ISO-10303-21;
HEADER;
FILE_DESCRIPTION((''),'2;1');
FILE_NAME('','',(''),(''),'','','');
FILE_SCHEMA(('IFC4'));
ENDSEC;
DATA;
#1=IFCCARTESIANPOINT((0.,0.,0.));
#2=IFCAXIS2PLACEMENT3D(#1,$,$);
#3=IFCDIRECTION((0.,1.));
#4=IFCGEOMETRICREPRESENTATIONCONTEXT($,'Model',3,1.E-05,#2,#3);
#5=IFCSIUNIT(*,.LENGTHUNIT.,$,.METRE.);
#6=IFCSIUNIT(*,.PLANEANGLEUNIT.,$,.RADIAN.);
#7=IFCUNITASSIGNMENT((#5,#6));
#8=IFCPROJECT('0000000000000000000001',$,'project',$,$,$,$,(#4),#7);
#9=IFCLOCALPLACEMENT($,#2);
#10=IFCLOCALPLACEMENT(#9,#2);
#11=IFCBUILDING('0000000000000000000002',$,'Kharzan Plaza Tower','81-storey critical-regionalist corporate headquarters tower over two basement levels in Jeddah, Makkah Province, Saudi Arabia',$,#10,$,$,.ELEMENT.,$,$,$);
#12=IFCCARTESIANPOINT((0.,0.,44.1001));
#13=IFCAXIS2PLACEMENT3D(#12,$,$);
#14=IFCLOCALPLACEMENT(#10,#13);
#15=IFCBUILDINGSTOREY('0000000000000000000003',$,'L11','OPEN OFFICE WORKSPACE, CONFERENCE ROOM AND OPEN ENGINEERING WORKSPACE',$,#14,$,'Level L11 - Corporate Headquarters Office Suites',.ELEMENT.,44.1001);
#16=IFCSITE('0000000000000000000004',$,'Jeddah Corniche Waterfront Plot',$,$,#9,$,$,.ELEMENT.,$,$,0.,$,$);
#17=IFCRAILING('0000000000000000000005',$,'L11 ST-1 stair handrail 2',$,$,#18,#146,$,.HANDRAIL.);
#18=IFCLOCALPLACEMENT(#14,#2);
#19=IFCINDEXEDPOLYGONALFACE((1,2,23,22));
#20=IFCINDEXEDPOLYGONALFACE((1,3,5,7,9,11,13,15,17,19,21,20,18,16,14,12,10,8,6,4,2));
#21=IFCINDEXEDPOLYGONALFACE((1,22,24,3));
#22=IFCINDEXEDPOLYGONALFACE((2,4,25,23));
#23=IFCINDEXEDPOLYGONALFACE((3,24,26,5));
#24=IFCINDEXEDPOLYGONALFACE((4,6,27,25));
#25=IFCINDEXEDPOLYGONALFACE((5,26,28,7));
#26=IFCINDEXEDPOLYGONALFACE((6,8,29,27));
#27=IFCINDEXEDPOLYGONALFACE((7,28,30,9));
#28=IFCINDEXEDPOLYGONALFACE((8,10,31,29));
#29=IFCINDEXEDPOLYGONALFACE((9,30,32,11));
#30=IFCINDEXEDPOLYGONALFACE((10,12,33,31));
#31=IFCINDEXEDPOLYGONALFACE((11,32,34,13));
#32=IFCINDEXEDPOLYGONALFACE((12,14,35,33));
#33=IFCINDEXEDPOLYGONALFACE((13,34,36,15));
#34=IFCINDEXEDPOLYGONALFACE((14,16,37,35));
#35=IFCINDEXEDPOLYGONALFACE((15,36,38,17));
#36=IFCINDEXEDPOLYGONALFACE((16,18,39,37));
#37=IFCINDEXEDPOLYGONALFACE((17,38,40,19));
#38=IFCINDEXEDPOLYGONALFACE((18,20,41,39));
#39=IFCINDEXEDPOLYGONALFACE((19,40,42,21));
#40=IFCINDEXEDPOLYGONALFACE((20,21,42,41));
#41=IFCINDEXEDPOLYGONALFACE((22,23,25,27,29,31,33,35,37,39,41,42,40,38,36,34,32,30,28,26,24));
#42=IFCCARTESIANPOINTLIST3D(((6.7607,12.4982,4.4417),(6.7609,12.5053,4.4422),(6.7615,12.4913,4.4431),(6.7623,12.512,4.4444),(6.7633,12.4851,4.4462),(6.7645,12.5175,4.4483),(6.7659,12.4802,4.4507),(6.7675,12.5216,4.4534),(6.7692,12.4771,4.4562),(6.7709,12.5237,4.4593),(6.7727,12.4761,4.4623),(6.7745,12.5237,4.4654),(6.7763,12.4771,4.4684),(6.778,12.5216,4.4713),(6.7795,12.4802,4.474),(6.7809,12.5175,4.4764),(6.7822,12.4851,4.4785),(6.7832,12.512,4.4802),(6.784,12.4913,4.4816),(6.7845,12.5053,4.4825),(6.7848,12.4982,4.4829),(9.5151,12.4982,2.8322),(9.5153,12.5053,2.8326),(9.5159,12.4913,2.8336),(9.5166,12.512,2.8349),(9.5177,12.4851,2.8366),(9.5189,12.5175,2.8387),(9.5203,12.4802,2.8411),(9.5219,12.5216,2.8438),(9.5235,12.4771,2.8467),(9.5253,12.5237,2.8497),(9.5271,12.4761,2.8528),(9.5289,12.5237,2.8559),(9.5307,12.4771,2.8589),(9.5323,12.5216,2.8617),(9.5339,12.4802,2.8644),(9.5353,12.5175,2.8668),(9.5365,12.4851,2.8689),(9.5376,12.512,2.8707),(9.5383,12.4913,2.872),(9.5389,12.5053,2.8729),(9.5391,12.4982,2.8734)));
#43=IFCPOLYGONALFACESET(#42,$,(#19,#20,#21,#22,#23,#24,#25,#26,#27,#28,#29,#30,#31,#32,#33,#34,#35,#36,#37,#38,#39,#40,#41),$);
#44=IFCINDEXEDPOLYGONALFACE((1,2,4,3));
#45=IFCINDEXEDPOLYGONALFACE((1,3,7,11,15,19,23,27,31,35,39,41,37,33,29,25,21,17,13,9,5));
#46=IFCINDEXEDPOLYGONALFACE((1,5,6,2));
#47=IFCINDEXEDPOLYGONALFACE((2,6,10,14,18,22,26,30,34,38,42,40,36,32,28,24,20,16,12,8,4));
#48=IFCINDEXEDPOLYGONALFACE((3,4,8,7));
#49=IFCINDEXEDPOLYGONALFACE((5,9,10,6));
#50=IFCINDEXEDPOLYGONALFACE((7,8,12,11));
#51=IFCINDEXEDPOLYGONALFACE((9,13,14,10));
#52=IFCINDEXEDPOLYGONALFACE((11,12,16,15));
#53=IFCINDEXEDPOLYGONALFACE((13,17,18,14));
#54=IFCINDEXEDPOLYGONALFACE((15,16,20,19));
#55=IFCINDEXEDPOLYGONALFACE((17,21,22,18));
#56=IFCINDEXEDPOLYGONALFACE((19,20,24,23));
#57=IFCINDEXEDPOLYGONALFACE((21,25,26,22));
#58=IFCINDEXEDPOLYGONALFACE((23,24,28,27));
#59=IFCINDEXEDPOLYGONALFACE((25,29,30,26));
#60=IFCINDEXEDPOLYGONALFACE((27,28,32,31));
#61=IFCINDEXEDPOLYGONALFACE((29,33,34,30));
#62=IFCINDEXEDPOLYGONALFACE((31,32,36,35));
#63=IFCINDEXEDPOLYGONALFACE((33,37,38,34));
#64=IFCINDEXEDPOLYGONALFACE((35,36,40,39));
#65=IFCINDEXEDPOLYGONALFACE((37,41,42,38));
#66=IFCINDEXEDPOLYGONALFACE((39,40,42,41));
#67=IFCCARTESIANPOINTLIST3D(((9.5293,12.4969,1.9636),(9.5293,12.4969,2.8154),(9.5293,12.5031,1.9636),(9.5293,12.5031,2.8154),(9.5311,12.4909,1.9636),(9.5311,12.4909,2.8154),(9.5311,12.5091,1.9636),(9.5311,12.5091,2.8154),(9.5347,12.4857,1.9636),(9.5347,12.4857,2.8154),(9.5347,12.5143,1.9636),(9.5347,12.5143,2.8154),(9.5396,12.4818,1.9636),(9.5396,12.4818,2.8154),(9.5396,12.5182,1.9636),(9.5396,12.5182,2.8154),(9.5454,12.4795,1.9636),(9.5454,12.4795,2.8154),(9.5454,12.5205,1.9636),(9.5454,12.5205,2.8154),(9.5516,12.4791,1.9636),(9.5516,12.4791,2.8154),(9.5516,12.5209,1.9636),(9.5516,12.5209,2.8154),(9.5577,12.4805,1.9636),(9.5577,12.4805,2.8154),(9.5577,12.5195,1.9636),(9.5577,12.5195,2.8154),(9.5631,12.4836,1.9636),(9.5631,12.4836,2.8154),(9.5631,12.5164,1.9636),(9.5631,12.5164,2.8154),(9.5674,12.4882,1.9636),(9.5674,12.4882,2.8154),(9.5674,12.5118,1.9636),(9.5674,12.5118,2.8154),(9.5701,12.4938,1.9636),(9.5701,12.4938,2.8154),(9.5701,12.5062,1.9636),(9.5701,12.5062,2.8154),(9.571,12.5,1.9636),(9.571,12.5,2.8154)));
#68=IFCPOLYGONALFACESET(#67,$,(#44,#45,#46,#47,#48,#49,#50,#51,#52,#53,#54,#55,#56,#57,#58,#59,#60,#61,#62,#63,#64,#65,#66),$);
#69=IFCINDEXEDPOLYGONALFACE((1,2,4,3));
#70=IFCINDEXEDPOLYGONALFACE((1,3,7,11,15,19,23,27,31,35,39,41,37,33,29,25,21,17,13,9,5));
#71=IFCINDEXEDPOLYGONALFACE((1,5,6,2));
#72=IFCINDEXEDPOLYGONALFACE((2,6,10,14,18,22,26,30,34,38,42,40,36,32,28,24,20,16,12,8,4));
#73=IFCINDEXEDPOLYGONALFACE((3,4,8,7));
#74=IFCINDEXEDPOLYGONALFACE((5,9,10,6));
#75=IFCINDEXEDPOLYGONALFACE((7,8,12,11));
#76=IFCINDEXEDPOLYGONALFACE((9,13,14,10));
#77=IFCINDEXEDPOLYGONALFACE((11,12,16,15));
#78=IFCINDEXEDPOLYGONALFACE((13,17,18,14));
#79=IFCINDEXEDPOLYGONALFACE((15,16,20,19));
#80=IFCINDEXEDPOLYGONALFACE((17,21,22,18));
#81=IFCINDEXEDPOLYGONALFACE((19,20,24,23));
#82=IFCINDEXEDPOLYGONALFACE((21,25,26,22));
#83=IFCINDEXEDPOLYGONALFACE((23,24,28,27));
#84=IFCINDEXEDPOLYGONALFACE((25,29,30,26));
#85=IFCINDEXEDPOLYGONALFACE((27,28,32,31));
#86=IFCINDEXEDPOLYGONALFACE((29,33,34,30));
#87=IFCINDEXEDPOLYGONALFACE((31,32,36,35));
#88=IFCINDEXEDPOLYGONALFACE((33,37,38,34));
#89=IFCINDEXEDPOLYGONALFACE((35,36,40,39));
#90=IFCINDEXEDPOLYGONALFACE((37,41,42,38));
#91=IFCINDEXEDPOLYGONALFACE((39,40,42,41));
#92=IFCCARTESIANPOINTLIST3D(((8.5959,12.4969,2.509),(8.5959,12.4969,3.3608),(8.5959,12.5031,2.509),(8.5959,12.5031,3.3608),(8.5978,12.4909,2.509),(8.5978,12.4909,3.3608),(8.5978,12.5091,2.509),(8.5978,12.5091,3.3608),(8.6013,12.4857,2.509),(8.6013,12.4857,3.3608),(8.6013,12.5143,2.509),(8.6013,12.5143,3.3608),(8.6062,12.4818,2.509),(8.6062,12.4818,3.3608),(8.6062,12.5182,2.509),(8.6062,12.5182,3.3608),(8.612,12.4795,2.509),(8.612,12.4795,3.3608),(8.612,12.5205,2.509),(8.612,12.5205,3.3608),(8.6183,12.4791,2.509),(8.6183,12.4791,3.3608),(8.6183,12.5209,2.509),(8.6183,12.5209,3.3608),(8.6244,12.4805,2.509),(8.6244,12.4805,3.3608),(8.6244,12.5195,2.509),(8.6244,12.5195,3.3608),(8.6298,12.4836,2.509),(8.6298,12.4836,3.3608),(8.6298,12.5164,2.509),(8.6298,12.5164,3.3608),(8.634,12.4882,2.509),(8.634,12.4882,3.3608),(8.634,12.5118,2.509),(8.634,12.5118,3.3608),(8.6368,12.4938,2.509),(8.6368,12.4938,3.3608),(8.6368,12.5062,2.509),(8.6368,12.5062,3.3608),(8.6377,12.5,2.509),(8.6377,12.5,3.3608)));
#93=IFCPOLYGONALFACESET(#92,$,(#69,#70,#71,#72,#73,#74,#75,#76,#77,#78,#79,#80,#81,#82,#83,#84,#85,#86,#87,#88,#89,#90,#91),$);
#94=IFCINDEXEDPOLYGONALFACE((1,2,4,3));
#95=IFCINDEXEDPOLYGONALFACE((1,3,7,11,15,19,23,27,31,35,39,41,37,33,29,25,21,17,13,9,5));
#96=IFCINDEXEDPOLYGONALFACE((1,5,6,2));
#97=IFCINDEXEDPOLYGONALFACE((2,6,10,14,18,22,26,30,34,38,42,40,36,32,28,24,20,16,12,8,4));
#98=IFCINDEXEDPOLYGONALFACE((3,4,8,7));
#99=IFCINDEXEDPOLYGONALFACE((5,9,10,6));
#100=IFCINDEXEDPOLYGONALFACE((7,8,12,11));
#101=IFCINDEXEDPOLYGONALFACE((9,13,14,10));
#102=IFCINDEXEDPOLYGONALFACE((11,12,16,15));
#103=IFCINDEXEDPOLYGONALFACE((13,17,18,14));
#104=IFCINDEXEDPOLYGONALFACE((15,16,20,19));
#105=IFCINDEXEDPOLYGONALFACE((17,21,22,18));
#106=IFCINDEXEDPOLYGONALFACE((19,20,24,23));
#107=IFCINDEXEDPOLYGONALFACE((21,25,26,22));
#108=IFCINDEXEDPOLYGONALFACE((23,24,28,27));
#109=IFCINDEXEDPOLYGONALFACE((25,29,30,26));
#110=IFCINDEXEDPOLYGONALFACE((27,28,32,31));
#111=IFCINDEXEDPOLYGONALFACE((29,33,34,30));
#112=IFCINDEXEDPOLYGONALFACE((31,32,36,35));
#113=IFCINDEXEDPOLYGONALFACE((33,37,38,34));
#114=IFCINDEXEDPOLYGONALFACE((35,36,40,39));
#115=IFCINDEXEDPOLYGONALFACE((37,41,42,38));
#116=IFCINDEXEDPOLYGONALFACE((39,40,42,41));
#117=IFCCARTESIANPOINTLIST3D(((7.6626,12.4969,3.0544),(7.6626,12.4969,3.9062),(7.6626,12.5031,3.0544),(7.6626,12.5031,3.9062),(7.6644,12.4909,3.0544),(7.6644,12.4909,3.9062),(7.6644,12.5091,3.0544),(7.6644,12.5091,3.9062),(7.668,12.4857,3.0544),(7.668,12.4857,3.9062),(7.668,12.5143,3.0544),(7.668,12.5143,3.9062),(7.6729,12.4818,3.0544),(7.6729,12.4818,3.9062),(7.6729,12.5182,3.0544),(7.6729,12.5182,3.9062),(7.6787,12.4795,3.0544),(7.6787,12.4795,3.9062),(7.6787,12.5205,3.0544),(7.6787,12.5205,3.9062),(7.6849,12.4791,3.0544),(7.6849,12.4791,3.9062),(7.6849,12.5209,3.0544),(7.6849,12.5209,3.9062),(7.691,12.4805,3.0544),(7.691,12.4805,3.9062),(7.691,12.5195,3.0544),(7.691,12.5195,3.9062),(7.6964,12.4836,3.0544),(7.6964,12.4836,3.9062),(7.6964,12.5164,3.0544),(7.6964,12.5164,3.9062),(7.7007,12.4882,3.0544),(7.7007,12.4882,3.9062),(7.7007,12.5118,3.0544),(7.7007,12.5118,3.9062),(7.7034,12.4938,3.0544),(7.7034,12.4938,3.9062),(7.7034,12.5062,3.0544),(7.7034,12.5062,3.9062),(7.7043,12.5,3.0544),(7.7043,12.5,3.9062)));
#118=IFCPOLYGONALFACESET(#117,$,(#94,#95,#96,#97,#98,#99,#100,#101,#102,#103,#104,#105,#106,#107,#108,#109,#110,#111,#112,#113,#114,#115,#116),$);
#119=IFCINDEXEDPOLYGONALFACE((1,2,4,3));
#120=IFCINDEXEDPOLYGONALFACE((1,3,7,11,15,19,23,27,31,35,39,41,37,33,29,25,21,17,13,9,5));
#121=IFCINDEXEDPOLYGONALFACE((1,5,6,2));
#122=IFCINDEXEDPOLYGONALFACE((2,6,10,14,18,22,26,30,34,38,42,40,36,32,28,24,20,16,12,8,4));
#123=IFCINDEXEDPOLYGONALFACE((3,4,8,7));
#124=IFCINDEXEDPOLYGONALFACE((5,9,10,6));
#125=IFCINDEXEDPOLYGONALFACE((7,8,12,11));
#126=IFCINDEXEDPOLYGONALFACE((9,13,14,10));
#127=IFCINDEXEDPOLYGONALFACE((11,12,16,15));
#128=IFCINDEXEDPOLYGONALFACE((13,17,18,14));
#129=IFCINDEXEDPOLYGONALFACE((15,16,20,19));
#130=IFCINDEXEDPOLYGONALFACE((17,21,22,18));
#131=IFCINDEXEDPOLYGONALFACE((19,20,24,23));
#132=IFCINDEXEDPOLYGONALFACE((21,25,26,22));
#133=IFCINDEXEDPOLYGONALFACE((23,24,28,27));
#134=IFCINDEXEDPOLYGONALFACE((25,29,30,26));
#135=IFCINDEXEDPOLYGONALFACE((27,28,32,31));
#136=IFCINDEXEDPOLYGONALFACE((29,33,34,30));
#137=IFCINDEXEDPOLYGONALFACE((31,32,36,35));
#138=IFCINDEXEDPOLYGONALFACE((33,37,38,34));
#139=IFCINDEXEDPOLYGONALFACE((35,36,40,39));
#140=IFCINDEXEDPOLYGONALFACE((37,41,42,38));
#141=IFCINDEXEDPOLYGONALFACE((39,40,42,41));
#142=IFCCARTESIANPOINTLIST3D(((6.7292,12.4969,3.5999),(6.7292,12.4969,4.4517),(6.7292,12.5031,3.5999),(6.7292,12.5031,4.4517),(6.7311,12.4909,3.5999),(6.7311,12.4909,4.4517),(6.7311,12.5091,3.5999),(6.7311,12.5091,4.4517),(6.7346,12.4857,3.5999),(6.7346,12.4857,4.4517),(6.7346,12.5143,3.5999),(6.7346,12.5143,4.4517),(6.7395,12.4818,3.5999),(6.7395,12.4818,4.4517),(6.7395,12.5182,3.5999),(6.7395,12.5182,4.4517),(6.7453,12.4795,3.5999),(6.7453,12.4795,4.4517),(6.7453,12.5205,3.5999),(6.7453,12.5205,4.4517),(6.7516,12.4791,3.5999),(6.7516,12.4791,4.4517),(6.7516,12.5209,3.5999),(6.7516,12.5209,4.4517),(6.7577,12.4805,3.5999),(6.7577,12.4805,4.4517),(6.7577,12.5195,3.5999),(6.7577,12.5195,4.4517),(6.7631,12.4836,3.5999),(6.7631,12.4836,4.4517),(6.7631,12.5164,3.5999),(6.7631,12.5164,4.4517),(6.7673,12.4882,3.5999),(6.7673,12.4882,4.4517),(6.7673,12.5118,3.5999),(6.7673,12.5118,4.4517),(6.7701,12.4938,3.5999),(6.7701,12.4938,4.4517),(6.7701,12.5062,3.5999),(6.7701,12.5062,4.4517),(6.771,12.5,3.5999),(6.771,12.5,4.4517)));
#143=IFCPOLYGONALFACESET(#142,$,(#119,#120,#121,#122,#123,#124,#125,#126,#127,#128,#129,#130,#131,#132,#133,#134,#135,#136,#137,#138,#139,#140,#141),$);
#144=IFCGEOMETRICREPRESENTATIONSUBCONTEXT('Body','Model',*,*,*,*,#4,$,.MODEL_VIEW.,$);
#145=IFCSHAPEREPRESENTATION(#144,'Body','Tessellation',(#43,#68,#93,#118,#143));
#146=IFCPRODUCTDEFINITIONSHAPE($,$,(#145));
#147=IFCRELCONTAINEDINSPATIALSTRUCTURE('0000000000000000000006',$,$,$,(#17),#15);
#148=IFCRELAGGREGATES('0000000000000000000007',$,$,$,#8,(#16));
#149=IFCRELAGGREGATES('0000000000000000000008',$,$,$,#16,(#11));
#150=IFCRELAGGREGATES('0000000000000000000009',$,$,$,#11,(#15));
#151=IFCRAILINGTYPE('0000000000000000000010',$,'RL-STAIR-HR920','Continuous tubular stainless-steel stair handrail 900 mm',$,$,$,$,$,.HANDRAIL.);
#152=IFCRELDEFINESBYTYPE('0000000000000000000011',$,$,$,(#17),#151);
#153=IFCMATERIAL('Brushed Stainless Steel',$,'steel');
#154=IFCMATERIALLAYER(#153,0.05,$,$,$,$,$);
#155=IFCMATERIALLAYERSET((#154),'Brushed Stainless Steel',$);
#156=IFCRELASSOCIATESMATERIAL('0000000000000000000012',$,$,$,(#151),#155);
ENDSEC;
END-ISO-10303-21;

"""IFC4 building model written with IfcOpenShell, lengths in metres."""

from ifc_helpers import new_model, si_unit, direction, frame, origin, origin_2d, place, context, subcontext, project, spatial, circle, extrude, source, transform, mapped, material, layer, layer_set, type_object, element, save


model = new_model("IFC4")

# Units and contexts
model_context = context("Model", 3, precision=1e-05, world=origin(), true_north=direction((0.0, 1.0)))
body_context = subcontext(model_context, "Body", "Model", "MODEL_VIEW")
ifc_project = project(units=[si_unit("LENGTHUNIT", "METRE"), si_unit("PLANEANGLEUNIT", "RADIAN")], contexts=[model_context])

# Site, building, storey
site_placement = place(None, origin())
site = spatial("IfcSite", under=ifc_project, at=site_placement, Name="Jeddah Corniche Waterfront Plot", CompositionType="ELEMENT", RefElevation=0.0)
building_placement = place(site_placement, origin())
building = spatial("IfcBuilding", under=site, at=building_placement, Name="Kharzan Plaza Tower", Description="81-storey critical-regionalist corporate headquarters tower over two basement levels in Jeddah, Makkah Province, Saudi Arabia", CompositionType="ELEMENT")
storey_placement = place(building_placement, frame((0.0, 0.0, 44.1001)))
storey = spatial("IfcBuildingStorey", under=building, at=storey_placement, Name="L11", Description="OPEN OFFICE WORKSPACE, CONFERENCE ROOM AND OPEN ENGINEERING WORKSPACE", LongName="Level L11 - Corporate Headquarters Office Suites", CompositionType="ELEMENT", Elevation=44.1001)

# Shared definitions
ifc_material_1 = material(Name="Brushed Stainless Steel", Category="steel")

# Railing
ifc_layer_1 = layer(ifc_material_1, 0.05)
ifc_layer_set_1 = layer_set([ifc_layer_1], Name="Brushed Stainless Steel")
railing_type = type_object("IfcRailingType", Name="RL-STAIR-HR920", Description="Continuous tubular stainless-steel stair handrail 900 mm", PredefinedType="HANDRAIL", material=ifc_layer_set_1)
shared_shape_1 = source(origin(), body_context, "Body", "SweptSolid", [
    extrude(circle(Radius=0.0239, at=origin_2d()), frame((-0.0229, 0.0, 0.8892), z_axis=(-0.863394, 0.0, 0.504531), x_axis=(0.0, -1.0, 0.0)), (0.0, 0.0, 1.0), 3.1902),
    extrude(circle(Radius=0.021, at=origin_2d()), origin(), (0.0, 0.0, 1.0), 0.8518),
    extrude(circle(Radius=0.021, at=origin_2d()), frame((-0.9333, 0.0, 0.5454)), (0.0, 0.0, 1.0), 0.8518),
    extrude(circle(Radius=0.021, at=origin_2d()), frame((-1.8667, 0.0, 1.0908)), (0.0, 0.0, 1.0), 0.8518),
    extrude(circle(Radius=0.021, at=origin_2d()), frame((-2.8, 0.0, 1.6362)), (0.0, 0.0, 1.0), 0.8518),
])
railing_placement = place(storey_placement, frame((9.55, 12.5, 1.9636)))
element("IfcRailing", 1, at=railing_placement, inside=storey, type_object=railing_type, Name="L11 ST-1 stair handrail 2", PredefinedType="HANDRAIL", context=body_context, shape_type="MappedRepresentation", body=[
    mapped(shared_shape_1, transform((0.0, 0.0, 0.0), x_axis=(1.0, 0.0, 0.0), y_axis=(0.0, 1.0, 0.0), z_axis=(0.0, 0.0, 1.0))),
])

save(model, "model.ifc")
